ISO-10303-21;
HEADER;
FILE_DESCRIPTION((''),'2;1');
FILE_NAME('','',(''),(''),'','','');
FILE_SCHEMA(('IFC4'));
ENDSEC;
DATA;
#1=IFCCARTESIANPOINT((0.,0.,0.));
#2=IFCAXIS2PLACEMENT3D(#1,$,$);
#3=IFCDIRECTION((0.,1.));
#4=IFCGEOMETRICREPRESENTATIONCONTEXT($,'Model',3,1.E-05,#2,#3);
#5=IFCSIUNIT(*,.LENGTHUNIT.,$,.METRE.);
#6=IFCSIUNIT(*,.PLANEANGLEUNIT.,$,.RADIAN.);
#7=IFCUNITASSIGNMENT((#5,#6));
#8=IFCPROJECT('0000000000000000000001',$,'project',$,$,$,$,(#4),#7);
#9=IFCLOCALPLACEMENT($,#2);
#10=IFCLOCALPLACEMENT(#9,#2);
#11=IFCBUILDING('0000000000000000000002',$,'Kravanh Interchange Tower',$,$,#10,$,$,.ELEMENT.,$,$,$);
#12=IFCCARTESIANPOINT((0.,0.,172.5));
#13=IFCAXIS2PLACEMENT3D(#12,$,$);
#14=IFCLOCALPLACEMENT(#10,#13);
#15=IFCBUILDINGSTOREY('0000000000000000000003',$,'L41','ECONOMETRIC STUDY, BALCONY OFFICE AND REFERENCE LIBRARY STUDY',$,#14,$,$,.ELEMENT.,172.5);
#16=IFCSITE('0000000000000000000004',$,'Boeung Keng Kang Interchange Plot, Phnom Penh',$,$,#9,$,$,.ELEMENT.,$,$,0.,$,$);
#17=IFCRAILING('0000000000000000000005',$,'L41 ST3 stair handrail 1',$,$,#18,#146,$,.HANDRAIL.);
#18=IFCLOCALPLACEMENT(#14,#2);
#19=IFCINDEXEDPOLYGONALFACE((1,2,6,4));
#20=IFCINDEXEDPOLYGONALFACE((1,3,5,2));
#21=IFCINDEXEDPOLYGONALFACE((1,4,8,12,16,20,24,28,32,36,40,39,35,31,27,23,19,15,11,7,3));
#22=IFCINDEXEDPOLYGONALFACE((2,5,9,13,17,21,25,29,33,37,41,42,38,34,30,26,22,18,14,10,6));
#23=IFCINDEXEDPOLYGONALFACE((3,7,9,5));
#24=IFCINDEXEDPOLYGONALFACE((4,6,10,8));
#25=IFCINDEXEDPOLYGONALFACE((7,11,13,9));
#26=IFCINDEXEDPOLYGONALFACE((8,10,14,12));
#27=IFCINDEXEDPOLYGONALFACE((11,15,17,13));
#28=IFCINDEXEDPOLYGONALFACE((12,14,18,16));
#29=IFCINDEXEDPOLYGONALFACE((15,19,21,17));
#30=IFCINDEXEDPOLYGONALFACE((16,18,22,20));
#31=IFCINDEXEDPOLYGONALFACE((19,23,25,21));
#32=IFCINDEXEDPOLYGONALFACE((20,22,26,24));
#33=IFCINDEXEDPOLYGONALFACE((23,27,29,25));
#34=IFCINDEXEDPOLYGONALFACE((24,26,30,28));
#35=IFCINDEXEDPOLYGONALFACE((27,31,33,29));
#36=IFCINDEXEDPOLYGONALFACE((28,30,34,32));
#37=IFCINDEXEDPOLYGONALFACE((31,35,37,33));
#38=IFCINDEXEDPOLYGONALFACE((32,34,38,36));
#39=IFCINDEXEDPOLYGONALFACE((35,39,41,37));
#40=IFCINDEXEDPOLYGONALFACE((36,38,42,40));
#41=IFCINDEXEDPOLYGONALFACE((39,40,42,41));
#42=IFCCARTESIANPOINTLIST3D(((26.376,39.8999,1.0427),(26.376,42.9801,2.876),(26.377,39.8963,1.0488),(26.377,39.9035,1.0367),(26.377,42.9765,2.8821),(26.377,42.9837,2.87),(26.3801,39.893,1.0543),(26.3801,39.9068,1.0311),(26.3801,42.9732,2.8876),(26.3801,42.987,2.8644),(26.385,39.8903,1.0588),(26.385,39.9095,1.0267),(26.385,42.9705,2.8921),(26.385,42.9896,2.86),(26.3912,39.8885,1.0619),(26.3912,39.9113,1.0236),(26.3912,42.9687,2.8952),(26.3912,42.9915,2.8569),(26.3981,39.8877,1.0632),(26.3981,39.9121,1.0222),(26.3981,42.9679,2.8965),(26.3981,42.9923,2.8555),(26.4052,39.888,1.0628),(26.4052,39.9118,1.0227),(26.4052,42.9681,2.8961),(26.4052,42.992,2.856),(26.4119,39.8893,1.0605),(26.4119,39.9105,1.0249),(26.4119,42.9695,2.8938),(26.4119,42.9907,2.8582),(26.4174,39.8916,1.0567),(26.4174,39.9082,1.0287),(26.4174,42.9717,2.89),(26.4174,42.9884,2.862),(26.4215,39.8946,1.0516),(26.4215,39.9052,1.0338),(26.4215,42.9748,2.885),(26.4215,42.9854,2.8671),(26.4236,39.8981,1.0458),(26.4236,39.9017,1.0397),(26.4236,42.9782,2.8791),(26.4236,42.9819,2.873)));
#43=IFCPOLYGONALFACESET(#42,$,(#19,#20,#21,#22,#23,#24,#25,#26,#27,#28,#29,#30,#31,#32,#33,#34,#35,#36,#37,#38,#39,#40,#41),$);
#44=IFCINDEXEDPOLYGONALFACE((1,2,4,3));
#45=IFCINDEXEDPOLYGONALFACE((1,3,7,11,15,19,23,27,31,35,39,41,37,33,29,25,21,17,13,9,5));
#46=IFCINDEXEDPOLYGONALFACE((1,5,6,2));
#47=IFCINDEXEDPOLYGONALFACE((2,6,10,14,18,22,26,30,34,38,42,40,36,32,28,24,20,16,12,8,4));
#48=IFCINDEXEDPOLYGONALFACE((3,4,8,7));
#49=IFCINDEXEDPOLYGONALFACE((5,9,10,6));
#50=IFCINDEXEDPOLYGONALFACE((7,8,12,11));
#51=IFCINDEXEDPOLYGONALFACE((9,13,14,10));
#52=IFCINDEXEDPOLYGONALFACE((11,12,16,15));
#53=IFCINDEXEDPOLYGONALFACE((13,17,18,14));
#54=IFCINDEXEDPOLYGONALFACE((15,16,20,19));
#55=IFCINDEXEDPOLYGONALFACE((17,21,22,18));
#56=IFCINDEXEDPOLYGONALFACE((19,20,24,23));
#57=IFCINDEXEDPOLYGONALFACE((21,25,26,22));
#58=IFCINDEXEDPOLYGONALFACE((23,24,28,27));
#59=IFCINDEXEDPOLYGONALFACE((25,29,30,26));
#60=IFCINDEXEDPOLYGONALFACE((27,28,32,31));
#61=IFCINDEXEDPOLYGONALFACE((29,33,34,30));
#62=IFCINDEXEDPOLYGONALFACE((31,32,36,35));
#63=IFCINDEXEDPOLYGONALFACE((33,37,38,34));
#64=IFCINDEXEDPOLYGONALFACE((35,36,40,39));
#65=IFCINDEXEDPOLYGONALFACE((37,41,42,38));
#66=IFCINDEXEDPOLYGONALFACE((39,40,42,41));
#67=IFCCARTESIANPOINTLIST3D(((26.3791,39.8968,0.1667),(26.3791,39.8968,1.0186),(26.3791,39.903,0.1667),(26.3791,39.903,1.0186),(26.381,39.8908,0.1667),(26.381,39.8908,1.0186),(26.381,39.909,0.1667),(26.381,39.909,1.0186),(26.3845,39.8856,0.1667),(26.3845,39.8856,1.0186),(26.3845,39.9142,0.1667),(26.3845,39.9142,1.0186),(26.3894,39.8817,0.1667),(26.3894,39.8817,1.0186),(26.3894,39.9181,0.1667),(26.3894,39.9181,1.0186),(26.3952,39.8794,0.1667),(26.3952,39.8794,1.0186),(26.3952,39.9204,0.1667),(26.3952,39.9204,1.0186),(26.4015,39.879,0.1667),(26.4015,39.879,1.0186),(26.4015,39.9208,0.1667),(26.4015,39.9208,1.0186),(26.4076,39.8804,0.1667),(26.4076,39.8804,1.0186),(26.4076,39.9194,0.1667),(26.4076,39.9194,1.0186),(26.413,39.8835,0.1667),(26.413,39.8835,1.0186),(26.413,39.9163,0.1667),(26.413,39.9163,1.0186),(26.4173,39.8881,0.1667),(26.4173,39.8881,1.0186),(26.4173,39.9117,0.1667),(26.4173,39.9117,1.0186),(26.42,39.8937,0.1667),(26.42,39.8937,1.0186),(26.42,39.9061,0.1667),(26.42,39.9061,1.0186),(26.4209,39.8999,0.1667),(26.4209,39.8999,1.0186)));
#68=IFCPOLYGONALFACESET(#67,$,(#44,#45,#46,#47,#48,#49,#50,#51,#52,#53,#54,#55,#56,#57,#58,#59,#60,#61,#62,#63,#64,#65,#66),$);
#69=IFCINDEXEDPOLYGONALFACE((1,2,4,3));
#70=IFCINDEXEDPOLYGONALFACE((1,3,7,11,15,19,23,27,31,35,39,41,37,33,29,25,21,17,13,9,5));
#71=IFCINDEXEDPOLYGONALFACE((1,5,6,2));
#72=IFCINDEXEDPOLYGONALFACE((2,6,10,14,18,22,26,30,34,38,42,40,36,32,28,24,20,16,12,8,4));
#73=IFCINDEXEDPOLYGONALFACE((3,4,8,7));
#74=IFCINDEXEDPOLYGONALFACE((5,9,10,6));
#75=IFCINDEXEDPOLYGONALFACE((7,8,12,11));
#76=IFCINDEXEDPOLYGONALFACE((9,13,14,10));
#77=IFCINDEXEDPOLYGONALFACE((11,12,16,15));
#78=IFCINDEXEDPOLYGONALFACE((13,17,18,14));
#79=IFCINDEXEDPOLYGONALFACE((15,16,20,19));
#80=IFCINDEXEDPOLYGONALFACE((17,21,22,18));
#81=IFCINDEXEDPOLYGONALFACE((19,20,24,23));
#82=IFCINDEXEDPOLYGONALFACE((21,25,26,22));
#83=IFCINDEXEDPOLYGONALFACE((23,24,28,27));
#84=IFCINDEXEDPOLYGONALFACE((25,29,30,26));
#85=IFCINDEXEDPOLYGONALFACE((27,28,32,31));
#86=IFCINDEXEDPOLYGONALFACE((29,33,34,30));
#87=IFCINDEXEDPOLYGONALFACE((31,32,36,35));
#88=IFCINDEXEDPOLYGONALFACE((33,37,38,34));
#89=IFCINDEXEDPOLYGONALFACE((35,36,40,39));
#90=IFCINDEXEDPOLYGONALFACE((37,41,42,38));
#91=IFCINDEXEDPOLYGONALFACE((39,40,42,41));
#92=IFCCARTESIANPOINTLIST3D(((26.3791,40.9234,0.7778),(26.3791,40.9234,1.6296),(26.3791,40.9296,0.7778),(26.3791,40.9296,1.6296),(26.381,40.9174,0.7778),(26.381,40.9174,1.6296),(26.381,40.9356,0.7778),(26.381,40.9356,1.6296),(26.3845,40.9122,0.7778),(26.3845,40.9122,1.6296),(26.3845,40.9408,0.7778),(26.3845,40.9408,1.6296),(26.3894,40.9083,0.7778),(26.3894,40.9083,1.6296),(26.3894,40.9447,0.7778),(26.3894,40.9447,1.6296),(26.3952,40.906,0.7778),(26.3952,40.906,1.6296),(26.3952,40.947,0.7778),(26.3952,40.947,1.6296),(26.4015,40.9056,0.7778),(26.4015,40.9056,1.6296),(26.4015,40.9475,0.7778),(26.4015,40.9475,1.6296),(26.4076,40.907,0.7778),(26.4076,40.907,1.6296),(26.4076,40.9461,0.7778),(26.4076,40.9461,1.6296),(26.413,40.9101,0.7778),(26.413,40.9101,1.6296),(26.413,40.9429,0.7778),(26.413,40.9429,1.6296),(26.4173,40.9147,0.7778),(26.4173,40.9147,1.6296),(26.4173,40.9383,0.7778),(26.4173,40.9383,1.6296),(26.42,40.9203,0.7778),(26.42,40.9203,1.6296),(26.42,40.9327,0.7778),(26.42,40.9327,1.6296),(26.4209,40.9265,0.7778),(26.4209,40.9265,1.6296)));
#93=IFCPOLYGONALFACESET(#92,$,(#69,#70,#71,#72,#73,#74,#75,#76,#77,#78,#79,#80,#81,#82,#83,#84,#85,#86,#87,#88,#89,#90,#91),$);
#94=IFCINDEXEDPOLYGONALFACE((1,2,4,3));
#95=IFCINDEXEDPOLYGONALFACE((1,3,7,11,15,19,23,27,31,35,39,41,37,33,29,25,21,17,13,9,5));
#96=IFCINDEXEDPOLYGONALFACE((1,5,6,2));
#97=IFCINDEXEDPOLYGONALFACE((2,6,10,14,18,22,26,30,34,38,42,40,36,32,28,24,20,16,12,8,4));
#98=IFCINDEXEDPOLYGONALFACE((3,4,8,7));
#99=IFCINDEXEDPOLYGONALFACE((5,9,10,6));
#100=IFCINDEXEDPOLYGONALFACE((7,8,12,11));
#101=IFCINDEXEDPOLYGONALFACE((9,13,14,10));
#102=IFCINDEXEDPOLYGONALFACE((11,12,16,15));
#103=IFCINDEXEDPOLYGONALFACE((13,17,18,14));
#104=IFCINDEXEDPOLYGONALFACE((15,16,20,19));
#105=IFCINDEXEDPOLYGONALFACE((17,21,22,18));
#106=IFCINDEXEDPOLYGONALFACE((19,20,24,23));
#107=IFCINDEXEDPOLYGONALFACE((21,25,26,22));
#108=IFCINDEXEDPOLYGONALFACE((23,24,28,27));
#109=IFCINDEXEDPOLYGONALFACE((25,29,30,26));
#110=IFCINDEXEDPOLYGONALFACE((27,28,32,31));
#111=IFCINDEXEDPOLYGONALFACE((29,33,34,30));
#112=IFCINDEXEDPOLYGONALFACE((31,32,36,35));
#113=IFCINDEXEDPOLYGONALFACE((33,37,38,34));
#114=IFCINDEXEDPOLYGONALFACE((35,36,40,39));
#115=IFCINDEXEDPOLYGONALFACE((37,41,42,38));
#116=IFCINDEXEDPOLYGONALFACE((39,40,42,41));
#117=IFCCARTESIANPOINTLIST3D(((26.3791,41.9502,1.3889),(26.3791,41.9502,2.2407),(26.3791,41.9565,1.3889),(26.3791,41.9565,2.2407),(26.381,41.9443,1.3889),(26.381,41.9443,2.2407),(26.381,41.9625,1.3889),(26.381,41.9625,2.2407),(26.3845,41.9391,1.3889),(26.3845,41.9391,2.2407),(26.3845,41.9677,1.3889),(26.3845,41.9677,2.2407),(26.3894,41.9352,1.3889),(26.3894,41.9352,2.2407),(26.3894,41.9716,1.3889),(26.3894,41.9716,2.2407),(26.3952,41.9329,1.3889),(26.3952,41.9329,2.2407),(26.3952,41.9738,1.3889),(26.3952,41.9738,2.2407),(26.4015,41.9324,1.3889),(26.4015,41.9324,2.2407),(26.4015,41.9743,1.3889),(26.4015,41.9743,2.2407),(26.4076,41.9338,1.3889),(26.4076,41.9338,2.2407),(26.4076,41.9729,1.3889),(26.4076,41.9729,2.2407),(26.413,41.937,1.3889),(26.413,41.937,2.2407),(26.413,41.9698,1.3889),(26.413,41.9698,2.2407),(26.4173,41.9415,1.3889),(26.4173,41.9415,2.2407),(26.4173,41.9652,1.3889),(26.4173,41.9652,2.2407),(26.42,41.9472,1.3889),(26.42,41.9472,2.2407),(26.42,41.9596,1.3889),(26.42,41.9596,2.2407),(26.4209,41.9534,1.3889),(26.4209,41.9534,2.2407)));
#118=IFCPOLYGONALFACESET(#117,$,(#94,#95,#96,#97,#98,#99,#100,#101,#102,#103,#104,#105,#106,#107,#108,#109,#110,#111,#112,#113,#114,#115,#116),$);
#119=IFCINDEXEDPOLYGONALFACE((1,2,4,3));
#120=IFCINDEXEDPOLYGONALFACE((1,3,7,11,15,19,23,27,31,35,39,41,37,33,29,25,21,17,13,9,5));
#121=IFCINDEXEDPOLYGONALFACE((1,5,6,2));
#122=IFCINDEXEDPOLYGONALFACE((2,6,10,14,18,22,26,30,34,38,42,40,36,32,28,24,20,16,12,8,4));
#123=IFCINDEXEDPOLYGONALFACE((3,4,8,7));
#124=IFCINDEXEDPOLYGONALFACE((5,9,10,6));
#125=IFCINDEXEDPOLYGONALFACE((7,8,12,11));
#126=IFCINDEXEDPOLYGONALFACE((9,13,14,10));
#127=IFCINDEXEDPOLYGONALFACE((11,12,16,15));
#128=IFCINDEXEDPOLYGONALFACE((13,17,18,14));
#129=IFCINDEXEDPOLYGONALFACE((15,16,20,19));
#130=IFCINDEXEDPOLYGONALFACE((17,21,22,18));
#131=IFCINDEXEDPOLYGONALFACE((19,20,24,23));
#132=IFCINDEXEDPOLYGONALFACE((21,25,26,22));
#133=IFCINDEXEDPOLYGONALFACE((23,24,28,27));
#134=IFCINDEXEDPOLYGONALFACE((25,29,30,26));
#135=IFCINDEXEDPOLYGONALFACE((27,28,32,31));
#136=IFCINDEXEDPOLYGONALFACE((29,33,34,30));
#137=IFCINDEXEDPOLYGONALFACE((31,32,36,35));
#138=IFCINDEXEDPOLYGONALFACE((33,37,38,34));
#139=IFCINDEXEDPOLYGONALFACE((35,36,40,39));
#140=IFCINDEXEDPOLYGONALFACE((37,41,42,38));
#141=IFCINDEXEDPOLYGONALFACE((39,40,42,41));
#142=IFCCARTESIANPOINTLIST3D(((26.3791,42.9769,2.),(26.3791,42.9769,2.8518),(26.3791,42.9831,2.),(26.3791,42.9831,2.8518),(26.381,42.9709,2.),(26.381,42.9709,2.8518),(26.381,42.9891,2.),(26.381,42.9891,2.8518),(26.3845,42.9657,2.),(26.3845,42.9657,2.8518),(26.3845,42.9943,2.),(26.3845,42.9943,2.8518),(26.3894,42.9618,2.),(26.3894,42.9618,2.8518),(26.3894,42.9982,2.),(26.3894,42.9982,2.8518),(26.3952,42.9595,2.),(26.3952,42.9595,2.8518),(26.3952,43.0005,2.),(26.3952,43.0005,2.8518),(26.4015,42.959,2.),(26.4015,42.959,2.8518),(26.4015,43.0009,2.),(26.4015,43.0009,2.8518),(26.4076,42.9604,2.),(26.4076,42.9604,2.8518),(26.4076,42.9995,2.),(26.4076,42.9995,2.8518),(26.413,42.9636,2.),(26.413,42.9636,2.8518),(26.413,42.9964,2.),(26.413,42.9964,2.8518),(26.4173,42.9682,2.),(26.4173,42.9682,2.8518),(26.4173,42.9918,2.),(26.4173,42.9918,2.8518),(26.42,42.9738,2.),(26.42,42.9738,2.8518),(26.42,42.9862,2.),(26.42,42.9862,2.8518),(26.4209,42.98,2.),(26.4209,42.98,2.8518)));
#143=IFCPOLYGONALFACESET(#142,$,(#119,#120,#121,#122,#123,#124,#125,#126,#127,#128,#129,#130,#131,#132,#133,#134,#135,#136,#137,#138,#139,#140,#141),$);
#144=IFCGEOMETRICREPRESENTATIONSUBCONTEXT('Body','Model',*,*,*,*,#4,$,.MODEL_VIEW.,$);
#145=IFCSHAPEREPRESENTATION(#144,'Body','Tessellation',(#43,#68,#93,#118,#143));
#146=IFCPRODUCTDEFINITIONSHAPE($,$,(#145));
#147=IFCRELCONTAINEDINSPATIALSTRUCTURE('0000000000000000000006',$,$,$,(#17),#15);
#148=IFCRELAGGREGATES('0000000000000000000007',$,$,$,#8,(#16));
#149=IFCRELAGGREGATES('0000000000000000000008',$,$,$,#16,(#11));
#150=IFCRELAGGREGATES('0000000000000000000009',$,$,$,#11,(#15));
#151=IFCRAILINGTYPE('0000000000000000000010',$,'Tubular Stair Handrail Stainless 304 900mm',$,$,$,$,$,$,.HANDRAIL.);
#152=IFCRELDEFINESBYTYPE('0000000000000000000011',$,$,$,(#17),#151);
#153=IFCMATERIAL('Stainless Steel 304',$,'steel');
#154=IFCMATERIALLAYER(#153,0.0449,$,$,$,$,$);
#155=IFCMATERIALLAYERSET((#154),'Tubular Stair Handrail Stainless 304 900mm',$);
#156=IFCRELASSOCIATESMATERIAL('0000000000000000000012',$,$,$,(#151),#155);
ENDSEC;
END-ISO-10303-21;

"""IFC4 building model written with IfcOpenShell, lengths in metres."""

from ifc_helpers import new_model, si_unit, direction, frame, origin, origin_2d, place, context, subcontext, project, spatial, circle, extrude, material, layer, layer_set, type_object, element, save


model = new_model("IFC4")

# Units and contexts
model_context = context("Model", 3, precision=1e-05, world=origin(), true_north=direction((0.0, 1.0)))
body_context = subcontext(model_context, "Body", "Model", "MODEL_VIEW")
ifc_project = project(units=[si_unit("LENGTHUNIT", "METRE"), si_unit("PLANEANGLEUNIT", "RADIAN")], contexts=[model_context])

# Site, building, storey
site_placement = place(None, origin())
site = spatial("IfcSite", under=ifc_project, at=site_placement, Name="Boeung Keng Kang Interchange Plot, Phnom Penh", CompositionType="ELEMENT", RefElevation=0.0)
building_placement = place(site_placement, origin())
building = spatial("IfcBuilding", under=site, at=building_placement, Name="Kravanh Interchange Tower", CompositionType="ELEMENT")
storey_placement = place(building_placement, frame((0.0, 0.0, 172.5)))
storey = spatial("IfcBuildingStorey", under=building, at=storey_placement, Name="L41", Description="ECONOMETRIC STUDY, BALCONY OFFICE AND REFERENCE LIBRARY STUDY", CompositionType="ELEMENT", Elevation=172.5)

# Railing
ifc_material_1 = material(Name="Stainless Steel 304", Category="steel")
ifc_layer_1 = layer(ifc_material_1, 0.0449)
ifc_layer_set_1 = layer_set([ifc_layer_1], Name="Tubular Stair Handrail Stainless 304 900mm")
railing_type = type_object("IfcRailingType", Name="Tubular Stair Handrail Stainless 304 900mm", PredefinedType="HANDRAIL", material=ifc_layer_set_1)
railing_placement = place(storey_placement, frame((26.3999, 39.8999, 0.1667)))
element("IfcRailing", 1, at=railing_placement, inside=storey, type_object=railing_type, Name="L41 ST3 stair handrail 1", PredefinedType="HANDRAIL", context=body_context, shape_type="SweptSolid", body=[
    extrude(circle(Radius=0.0239, at=origin_2d()), frame((0.0, 0.0, 0.876), z_axis=(0.0, 0.859309, 0.511458), x_axis=(-1.0, 0.0, 0.0)), (0.0, 0.0, 1.0), 3.5845),
    extrude(circle(Radius=0.021, at=origin_2d()), origin(), (0.0, 0.0, 1.0), 0.8518),
    extrude(circle(Radius=0.021, at=origin_2d()), frame((0.0, 1.0266, 0.6111)), (0.0, 0.0, 1.0), 0.8518),
    extrude(circle(Radius=0.021, at=origin_2d()), frame((0.0, 2.0535, 1.2222)), (0.0, 0.0, 1.0), 0.8518),
    extrude(circle(Radius=0.021, at=origin_2d()), frame((0.0, 3.0801, 1.8333)), (0.0, 0.0, 1.0), 0.8518),
])

save(model, "model.ifc")
